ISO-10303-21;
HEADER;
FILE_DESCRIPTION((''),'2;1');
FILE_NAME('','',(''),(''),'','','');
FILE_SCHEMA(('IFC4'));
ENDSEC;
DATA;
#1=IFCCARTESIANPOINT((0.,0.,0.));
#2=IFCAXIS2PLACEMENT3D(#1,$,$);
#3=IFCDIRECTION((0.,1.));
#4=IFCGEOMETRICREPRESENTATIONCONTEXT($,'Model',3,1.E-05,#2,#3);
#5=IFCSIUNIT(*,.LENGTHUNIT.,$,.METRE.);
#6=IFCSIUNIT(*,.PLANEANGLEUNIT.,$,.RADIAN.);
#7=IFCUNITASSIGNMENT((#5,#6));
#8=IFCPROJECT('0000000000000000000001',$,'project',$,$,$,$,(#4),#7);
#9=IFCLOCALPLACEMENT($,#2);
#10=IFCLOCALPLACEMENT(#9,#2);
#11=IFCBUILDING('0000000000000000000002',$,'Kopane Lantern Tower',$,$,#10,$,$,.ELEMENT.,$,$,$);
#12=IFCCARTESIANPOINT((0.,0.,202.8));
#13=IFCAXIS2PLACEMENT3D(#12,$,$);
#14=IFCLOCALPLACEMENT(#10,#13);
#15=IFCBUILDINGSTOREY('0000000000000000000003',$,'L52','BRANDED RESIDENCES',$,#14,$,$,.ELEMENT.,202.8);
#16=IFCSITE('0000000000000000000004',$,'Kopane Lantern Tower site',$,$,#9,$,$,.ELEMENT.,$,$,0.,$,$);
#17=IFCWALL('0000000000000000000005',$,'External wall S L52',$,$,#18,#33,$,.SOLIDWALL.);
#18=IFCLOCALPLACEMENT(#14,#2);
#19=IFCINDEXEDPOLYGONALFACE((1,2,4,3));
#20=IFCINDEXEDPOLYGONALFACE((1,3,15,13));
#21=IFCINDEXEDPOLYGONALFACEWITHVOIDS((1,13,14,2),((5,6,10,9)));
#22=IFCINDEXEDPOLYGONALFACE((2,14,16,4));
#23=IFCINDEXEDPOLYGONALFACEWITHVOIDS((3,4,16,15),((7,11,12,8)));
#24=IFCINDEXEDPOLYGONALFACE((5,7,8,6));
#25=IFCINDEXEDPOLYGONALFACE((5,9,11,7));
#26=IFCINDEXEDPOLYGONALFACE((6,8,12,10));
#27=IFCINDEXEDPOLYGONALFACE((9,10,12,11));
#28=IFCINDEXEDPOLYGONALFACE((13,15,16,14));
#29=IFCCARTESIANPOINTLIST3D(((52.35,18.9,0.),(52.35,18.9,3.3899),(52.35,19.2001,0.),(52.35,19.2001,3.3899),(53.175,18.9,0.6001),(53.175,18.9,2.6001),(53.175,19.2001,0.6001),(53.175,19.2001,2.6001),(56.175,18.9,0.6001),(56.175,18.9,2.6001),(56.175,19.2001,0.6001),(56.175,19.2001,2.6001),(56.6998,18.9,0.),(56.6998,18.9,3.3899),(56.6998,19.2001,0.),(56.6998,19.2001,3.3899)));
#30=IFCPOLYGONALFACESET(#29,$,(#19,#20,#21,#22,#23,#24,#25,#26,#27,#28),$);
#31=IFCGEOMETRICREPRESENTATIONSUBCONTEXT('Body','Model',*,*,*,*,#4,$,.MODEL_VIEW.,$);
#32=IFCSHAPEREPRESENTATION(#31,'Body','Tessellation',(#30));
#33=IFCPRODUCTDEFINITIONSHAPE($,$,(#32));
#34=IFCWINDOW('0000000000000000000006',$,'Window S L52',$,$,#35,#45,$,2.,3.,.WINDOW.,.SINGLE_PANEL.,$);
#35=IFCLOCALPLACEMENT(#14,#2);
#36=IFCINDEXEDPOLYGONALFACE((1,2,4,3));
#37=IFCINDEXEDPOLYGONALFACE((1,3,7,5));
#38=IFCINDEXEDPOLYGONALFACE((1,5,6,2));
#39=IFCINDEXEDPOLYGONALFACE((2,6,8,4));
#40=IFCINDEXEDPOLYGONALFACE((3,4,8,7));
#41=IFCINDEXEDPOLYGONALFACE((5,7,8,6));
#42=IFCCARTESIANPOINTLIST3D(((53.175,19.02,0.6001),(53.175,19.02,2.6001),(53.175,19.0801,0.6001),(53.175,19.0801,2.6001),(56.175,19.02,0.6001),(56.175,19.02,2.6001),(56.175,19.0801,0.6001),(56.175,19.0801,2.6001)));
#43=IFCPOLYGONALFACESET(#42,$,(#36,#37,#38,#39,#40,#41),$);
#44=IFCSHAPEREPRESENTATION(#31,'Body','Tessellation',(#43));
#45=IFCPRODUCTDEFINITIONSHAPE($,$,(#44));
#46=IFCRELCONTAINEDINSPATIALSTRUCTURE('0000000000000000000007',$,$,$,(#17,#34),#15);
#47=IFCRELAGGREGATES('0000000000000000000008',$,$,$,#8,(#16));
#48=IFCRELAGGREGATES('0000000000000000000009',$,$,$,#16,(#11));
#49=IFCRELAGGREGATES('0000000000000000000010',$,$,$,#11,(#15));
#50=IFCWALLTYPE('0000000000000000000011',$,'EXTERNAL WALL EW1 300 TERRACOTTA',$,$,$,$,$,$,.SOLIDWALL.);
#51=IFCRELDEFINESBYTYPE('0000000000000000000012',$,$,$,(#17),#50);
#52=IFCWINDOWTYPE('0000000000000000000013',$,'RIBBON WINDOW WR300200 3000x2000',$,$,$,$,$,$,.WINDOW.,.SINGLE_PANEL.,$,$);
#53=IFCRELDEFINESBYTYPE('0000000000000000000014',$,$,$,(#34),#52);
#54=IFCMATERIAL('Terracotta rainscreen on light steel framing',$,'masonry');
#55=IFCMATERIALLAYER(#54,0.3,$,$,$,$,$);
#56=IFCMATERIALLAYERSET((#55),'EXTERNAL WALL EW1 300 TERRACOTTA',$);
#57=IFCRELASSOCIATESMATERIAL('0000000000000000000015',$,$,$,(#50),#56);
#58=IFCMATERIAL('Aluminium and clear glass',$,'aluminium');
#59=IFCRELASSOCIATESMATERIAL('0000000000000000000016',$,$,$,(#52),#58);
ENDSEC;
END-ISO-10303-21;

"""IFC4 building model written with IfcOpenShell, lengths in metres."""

from ifc_helpers import new_model, si_unit, direction, frame, frame_2d, origin, place, context, subcontext, project, spatial, rectangle, extrude, material, layer, layer_set, type_object, element, fill, save


model = new_model("IFC4")

# Units and contexts
model_context = context("Model", 3, precision=1e-05, world=origin(), true_north=direction((0.0, 1.0)))
body_context = subcontext(model_context, "Body", "Model", "MODEL_VIEW")
ifc_project = project(units=[si_unit("LENGTHUNIT", "METRE"), si_unit("PLANEANGLEUNIT", "RADIAN")], contexts=[model_context])

# Site, building, storey
site_placement = place(None, origin())
site = spatial("IfcSite", under=ifc_project, at=site_placement, Name="Kopane Lantern Tower site", CompositionType="ELEMENT", RefElevation=0.0)
building_placement = place(site_placement, origin())
building = spatial("IfcBuilding", under=site, at=building_placement, Name="Kopane Lantern Tower", CompositionType="ELEMENT")
storey_placement = place(building_placement, frame((0.0, 0.0, 202.8)))
storey = spatial("IfcBuildingStorey", under=building, at=storey_placement, Name="L52", Description="BRANDED RESIDENCES", CompositionType="ELEMENT", Elevation=202.8)

# Wall, opening, window
ifc_material_1 = material(Name="Terracotta rainscreen on light steel framing", Category="masonry")
ifc_layer_1 = layer(ifc_material_1, 0.3)
ifc_layer_set_1 = layer_set([ifc_layer_1], Name="EXTERNAL WALL EW1 300 TERRACOTTA")
wall_type_1 = type_object("IfcWallType", Name="EXTERNAL WALL EW1 300 TERRACOTTA", PredefinedType="SOLIDWALL", material=ifc_layer_set_1)
wall_1_placement = place(storey_placement, frame((52.3501, 19.05, 0.0), z_axis=(0.0, 0.0, 1.0), x_axis=(1.0, 0.0, 0.0)))
wall_1 = element("IfcWall", 1, at=wall_1_placement, inside=storey, type_object=wall_type_1, Name="External wall S L52", PredefinedType="SOLIDWALL", context=body_context, shape_type="SweptSolid", body=[
    extrude(rectangle(XDim=4.3499, YDim=0.3, at=frame_2d((2.1748, 0.0))), origin(), (0.0, 0.0, 1.0), 3.3899),
])
opening_1_placement = place(wall_1_placement, frame((0.825, 0.0, 0.6001)))
opening_1 = element("IfcOpeningElement", 2, at=opening_1_placement, cuts=wall_1, PredefinedType="OPENING", context=body_context, shape_type="SweptSolid", body=[
    extrude(rectangle(XDim=3.0, YDim=2.0, at=frame_2d((1.5, 1.0))), frame((0.0, 0.1599, 0.0), z_axis=(0.0, -1.0, 0.0), x_axis=(1.0, 0.0, 0.0)), (0.0, 0.0, 1.0), 0.3201),
])
ifc_material_2 = material(Name="Aluminium and clear glass", Category="aluminium")
window_type_1 = type_object("IfcWindowType", Name="RIBBON WINDOW WR300200 3000x2000", PartitioningType="SINGLE_PANEL", PredefinedType="WINDOW", material=ifc_material_2)
window_1_placement = place(opening_1_placement, origin())
window_1 = element("IfcWindow", 3, at=window_1_placement, inside=storey, type_object=window_type_1, Name="Window S L52", OverallHeight=2.0, OverallWidth=3.0, PartitioningType="SINGLE_PANEL", PredefinedType="WINDOW", context=body_context, shape_type="SweptSolid", body=[
    extrude(rectangle(XDim=3.0, YDim=2.0, at=frame_2d((1.5, 1.0))), frame((0.0, 0.03, 0.0), z_axis=(0.0, -1.0, 0.0), x_axis=(1.0, 0.0, 0.0)), (0.0, 0.0, 1.0), 0.0601),
])
fill(opening_1, window_1)

save(model, "model.ifc")
